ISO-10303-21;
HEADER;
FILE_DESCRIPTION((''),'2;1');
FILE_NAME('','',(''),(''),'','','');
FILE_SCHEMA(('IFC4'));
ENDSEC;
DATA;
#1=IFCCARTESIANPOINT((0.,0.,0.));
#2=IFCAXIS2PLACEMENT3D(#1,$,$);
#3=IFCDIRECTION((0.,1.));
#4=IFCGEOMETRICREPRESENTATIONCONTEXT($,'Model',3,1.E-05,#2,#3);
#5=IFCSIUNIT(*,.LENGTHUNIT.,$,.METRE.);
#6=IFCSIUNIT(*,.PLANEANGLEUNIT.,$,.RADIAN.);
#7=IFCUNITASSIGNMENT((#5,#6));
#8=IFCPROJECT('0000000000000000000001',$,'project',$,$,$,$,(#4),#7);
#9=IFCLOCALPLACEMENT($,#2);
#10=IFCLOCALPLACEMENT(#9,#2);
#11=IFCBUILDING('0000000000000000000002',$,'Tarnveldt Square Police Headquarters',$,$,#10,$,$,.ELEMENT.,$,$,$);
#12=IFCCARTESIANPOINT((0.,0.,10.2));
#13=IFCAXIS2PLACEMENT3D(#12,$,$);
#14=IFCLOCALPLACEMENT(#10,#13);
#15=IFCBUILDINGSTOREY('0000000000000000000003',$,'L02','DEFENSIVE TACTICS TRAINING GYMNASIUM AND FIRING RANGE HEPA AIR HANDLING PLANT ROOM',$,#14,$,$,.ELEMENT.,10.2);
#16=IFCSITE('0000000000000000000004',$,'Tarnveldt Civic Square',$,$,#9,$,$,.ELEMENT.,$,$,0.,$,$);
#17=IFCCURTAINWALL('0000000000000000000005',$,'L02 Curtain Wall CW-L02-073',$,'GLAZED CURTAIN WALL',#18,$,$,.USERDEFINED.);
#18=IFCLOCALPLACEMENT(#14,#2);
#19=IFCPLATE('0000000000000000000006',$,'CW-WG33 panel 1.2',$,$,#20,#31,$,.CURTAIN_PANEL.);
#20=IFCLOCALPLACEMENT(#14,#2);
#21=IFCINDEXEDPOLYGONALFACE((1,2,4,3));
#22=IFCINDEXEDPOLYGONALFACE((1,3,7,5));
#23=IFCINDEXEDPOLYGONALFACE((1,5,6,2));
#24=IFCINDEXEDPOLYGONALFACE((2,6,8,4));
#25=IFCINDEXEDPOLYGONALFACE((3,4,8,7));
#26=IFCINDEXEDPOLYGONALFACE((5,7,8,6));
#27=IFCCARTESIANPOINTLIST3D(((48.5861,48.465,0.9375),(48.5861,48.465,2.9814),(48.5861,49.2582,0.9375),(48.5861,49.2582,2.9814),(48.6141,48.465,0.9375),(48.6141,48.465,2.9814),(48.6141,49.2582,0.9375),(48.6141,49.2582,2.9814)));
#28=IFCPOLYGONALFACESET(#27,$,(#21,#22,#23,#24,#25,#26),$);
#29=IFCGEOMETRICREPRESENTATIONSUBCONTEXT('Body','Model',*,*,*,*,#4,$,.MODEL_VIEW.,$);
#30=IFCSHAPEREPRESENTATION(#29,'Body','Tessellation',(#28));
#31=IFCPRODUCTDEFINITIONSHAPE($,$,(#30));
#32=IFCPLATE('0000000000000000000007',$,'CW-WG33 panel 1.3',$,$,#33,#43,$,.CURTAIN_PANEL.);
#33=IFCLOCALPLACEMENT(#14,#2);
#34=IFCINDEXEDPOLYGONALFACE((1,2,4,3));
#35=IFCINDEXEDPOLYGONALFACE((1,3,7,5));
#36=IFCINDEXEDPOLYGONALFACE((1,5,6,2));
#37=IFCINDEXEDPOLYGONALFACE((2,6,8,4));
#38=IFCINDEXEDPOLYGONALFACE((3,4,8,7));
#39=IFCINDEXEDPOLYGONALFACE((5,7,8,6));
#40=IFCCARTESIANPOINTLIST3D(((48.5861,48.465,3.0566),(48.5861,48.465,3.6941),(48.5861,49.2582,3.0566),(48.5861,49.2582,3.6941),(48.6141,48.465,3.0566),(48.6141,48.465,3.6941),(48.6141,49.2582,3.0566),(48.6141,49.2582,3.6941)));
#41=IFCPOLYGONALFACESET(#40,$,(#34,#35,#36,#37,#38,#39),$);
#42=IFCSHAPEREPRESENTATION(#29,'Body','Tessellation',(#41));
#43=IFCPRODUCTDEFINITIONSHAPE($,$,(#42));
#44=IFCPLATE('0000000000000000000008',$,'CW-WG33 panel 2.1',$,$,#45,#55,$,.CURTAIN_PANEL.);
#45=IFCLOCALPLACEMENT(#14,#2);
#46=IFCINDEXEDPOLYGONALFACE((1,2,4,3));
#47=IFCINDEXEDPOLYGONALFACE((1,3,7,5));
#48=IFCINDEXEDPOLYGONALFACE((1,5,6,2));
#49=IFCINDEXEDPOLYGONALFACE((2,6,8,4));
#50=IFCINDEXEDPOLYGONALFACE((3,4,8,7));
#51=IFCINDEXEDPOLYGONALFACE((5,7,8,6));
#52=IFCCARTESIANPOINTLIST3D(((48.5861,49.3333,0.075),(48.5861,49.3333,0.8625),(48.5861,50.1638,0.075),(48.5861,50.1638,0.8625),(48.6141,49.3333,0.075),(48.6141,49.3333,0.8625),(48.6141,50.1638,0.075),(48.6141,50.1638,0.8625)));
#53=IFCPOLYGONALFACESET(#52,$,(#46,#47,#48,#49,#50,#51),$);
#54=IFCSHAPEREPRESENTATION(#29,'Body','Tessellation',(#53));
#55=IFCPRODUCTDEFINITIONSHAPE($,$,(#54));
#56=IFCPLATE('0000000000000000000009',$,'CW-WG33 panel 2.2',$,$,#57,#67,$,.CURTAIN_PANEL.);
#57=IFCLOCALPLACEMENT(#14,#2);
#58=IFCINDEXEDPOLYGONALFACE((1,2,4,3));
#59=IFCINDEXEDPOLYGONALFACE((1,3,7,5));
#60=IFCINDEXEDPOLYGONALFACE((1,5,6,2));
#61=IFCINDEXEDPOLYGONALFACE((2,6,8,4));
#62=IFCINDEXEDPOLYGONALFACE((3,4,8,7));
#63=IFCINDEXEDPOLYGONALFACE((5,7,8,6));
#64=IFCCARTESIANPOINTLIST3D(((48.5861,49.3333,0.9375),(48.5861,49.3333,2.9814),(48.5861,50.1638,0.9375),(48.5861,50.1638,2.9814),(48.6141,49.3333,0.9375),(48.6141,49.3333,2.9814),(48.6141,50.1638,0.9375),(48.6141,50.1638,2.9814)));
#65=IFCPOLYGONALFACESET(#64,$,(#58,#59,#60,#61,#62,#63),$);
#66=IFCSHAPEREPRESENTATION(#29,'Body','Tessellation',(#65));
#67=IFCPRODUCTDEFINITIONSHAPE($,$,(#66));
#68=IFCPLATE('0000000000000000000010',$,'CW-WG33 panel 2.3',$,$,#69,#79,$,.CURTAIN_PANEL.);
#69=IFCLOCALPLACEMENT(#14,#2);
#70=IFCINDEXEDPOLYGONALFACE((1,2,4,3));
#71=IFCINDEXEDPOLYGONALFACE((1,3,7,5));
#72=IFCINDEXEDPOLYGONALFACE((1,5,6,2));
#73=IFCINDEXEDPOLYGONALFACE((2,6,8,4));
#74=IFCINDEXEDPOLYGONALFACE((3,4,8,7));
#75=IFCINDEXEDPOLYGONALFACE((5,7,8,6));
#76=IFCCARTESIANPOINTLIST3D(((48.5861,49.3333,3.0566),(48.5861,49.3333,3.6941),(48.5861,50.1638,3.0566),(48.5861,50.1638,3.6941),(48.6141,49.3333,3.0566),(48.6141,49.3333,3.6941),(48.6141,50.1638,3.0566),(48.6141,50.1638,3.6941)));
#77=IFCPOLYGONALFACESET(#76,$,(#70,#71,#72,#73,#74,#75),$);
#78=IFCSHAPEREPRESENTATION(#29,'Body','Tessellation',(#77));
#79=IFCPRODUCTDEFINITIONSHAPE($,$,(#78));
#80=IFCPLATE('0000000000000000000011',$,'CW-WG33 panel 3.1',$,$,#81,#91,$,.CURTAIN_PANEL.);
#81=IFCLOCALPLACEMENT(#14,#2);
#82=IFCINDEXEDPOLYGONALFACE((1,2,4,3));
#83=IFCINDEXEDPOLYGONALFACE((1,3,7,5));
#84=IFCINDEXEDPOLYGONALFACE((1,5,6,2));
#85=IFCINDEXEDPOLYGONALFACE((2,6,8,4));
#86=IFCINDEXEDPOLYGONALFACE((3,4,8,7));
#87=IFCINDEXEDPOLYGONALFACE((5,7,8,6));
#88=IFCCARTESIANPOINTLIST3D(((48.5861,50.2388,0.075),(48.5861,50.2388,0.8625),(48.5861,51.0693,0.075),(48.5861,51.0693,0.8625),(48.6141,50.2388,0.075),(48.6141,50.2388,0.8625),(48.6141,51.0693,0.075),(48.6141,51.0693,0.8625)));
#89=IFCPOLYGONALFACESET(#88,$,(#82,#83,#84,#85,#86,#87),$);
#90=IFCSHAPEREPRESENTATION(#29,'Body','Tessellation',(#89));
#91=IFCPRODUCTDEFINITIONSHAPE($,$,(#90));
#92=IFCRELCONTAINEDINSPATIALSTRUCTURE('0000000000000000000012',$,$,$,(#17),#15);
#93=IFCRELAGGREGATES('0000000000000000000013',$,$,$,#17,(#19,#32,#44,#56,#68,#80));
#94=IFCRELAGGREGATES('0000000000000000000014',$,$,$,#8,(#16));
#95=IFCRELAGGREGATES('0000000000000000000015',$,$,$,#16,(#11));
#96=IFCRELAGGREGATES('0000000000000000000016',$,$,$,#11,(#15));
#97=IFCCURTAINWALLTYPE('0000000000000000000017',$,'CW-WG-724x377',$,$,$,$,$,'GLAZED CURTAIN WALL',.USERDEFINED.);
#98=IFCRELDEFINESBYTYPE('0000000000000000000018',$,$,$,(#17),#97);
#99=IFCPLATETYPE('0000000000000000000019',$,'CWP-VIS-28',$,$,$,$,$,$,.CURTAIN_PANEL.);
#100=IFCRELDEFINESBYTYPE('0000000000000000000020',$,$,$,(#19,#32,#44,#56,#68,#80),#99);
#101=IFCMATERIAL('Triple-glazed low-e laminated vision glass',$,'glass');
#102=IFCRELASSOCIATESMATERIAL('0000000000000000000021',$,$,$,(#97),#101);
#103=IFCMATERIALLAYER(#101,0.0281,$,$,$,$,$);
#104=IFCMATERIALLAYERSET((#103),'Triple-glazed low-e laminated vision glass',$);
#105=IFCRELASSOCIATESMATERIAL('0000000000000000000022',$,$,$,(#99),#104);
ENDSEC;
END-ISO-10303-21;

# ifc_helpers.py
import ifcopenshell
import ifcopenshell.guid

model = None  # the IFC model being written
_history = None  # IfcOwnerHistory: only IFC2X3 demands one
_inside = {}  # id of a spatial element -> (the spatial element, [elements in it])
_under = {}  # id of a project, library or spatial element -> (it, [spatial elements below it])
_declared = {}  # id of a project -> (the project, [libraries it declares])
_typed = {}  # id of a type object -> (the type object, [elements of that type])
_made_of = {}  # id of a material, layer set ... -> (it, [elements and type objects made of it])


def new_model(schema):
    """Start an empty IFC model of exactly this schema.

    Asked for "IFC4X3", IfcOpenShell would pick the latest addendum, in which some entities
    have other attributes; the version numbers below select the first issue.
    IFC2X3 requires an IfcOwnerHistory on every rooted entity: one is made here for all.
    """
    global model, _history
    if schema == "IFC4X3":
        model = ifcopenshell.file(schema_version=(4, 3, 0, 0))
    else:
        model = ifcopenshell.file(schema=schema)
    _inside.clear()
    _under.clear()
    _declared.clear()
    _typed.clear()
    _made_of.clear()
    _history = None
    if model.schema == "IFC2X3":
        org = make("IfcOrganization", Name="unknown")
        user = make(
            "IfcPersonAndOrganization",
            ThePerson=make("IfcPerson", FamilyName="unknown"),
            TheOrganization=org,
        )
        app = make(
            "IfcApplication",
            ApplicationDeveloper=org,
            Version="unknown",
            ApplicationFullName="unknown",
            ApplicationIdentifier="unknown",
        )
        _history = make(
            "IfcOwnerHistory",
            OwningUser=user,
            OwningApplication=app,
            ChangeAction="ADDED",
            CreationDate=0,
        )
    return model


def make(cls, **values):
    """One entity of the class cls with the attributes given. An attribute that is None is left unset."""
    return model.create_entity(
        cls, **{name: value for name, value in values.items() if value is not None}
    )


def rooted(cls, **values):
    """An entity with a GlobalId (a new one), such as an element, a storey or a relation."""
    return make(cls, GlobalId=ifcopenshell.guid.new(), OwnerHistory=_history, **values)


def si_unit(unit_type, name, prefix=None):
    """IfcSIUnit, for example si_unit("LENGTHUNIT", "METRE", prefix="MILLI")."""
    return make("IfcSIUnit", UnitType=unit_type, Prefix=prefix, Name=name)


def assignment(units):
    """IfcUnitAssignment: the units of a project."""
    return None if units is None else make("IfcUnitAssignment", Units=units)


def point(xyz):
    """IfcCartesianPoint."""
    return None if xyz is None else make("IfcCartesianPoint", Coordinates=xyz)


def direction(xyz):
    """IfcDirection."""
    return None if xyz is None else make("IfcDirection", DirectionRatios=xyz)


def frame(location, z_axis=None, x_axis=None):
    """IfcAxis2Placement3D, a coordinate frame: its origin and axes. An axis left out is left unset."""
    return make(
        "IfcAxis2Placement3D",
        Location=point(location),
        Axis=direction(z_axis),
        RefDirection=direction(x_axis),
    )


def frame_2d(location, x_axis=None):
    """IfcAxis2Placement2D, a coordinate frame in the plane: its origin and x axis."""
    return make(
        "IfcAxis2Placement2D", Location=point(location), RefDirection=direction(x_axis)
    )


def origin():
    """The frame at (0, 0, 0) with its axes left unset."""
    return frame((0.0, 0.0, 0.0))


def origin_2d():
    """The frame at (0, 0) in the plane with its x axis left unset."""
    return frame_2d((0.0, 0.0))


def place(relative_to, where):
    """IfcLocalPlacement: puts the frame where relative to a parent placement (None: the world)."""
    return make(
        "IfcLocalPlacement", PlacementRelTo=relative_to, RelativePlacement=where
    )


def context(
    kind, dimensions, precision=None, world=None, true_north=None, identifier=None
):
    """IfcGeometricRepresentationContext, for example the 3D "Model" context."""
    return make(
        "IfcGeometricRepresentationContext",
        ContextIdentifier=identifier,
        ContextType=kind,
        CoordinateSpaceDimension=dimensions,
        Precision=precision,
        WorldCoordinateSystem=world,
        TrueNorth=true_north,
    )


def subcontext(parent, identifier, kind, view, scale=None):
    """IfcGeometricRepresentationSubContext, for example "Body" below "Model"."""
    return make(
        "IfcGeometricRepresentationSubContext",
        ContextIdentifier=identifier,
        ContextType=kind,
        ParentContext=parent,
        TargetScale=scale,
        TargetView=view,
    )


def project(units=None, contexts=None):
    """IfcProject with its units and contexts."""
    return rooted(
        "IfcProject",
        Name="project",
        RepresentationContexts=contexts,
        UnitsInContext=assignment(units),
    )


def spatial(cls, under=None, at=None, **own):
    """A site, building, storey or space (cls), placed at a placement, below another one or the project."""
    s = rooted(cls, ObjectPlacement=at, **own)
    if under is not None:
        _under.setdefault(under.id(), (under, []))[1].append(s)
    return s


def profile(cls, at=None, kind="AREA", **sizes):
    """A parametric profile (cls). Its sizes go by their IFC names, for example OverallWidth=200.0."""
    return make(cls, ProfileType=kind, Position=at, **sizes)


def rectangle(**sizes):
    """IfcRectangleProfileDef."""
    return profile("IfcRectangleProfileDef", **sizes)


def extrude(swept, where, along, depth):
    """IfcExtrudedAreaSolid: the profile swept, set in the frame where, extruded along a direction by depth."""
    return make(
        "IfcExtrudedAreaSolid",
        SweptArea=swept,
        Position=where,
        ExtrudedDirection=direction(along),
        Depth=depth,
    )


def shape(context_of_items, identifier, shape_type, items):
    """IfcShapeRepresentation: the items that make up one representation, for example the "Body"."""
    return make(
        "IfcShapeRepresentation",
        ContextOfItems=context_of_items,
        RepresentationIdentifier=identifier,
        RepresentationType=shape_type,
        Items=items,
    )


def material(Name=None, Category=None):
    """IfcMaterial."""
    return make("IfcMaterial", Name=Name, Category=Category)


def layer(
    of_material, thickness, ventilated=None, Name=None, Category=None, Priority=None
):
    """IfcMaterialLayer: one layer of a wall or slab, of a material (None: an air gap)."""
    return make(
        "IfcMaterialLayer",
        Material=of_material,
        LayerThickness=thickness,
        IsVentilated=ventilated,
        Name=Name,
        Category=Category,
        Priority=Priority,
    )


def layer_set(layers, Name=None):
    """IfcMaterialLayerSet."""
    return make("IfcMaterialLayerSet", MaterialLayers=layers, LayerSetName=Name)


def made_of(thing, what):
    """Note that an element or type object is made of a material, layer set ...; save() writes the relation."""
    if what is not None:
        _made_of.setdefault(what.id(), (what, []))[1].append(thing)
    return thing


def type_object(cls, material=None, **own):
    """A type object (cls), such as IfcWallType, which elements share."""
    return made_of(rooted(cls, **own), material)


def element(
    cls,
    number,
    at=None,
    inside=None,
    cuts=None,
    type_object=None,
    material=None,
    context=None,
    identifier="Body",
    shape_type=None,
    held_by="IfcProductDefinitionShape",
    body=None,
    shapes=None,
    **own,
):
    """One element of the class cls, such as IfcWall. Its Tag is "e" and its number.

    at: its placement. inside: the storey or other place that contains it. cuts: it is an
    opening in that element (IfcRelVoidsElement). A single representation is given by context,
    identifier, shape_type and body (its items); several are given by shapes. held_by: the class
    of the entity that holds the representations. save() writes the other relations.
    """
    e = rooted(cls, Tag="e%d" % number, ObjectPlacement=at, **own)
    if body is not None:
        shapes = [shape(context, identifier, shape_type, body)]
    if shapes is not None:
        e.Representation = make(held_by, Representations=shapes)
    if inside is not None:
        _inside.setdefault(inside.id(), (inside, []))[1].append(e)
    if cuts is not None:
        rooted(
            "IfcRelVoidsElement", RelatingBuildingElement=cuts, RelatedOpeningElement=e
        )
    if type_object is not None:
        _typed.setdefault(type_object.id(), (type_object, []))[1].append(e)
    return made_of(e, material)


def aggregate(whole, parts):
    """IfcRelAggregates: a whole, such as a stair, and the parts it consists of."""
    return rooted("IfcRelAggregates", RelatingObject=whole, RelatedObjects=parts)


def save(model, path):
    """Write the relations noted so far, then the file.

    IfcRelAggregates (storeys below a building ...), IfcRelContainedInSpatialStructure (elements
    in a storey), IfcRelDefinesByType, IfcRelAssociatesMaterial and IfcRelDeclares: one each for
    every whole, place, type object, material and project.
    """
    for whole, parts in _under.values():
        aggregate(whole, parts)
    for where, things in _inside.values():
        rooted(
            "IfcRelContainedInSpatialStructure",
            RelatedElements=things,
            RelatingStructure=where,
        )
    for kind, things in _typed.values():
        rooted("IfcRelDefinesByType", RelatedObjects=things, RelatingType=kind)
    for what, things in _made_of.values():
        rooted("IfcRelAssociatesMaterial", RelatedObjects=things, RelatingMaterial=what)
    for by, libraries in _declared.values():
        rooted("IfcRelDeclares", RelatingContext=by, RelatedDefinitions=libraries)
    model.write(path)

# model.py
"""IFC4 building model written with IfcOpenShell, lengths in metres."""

from ifc_helpers import new_model, si_unit, direction, frame, origin, origin_2d, place, context, subcontext, project, spatial, rectangle, extrude, material, layer, layer_set, type_object, element, aggregate, save


model = new_model("IFC4")

# Units and contexts
model_context = context("Model", 3, precision=1e-05, world=origin(), true_north=direction((0.0, 1.0)))
body_context = subcontext(model_context, "Body", "Model", "MODEL_VIEW")
ifc_project = project(units=[si_unit("LENGTHUNIT", "METRE"), si_unit("PLANEANGLEUNIT", "RADIAN")], contexts=[model_context])

# Site, building, storey
site_placement = place(None, origin())
site = spatial("IfcSite", under=ifc_project, at=site_placement, Name="Tarnveldt Civic Square", CompositionType="ELEMENT", RefElevation=0.0)
building_placement = place(site_placement, origin())
building = spatial("IfcBuilding", under=site, at=building_placement, Name="Tarnveldt Square Police Headquarters", CompositionType="ELEMENT")
storey_placement = place(building_placement, frame((0.0, 0.0, 10.2)))
storey = spatial("IfcBuildingStorey", under=building, at=storey_placement, Name="L02", Description="DEFENSIVE TACTICS TRAINING GYMNASIUM AND FIRING RANGE HEPA AIR HANDLING PLANT ROOM", CompositionType="ELEMENT", Elevation=10.2)

# Curtain wall, plates
ifc_material_1 = material(Name="Triple-glazed low-e laminated vision glass", Category="glass")
curtain_wall_type = type_object("IfcCurtainWallType", Name="CW-WG-724x377", ElementType="GLAZED CURTAIN WALL", PredefinedType="USERDEFINED", material=ifc_material_1)
curtain_wall_placement = place(storey_placement, origin())
curtain_wall = element("IfcCurtainWall", 1, at=curtain_wall_placement, inside=storey, type_object=curtain_wall_type, Name="L02 Curtain Wall CW-L02-073", ObjectType="GLAZED CURTAIN WALL", PredefinedType="USERDEFINED")
ifc_layer = layer(ifc_material_1, 0.0281)
ifc_layer_set = layer_set([ifc_layer], Name="Triple-glazed low-e laminated vision glass")
plate_type = type_object("IfcPlateType", Name="CWP-VIS-28", PredefinedType="CURTAIN_PANEL", material=ifc_layer_set)
plate_1_placement = place(storey_placement, frame((48.6001, 48.8616, 0.9375), z_axis=(0.0, 0.0, 1.0), x_axis=(0.0, 1.0, 0.0)))
plate_1 = element("IfcPlate", 2, at=plate_1_placement, type_object=plate_type, Name="CW-WG33 panel 1.2", PredefinedType="CURTAIN_PANEL", context=body_context, shape_type="SweptSolid", body=[
    extrude(rectangle(XDim=0.7932, YDim=0.0281, at=origin_2d()), origin(), (0.0, 0.0, 1.0), 2.0439),
])
plate_2_placement = place(storey_placement, frame((48.6001, 48.8616, 3.0566), z_axis=(0.0, 0.0, 1.0), x_axis=(0.0, 1.0, 0.0)))
plate_2 = element("IfcPlate", 3, at=plate_2_placement, type_object=plate_type, Name="CW-WG33 panel 1.3", PredefinedType="CURTAIN_PANEL", context=body_context, shape_type="SweptSolid", body=[
    extrude(rectangle(XDim=0.7932, YDim=0.0281, at=origin_2d()), origin(), (0.0, 0.0, 1.0), 0.6375),
])
plate_3_placement = place(storey_placement, frame((48.6001, 49.7485, 0.075), z_axis=(0.0, 0.0, 1.0), x_axis=(0.0, 1.0, 0.0)))
plate_3 = element("IfcPlate", 4, at=plate_3_placement, type_object=plate_type, Name="CW-WG33 panel 2.1", PredefinedType="CURTAIN_PANEL", context=body_context, shape_type="SweptSolid", body=[
    extrude(rectangle(XDim=0.8306, YDim=0.0281, at=origin_2d()), origin(), (0.0, 0.0, 1.0), 0.7876),
])
plate_4_placement = place(storey_placement, frame((48.6001, 49.7485, 0.9375), z_axis=(0.0, 0.0, 1.0), x_axis=(0.0, 1.0, 0.0)))
plate_4 = element("IfcPlate", 5, at=plate_4_placement, type_object=plate_type, Name="CW-WG33 panel 2.2", PredefinedType="CURTAIN_PANEL", context=body_context, shape_type="SweptSolid", body=[
    extrude(rectangle(XDim=0.8306, YDim=0.0281, at=origin_2d()), origin(), (0.0, 0.0, 1.0), 2.0439),
])
plate_5_placement = place(storey_placement, frame((48.6001, 49.7485, 3.0566), z_axis=(0.0, 0.0, 1.0), x_axis=(0.0, 1.0, 0.0)))
plate_5 = element("IfcPlate", 6, at=plate_5_placement, type_object=plate_type, Name="CW-WG33 panel 2.3", PredefinedType="CURTAIN_PANEL", context=body_context, shape_type="SweptSolid", body=[
    extrude(rectangle(XDim=0.8306, YDim=0.0281, at=origin_2d()), origin(), (0.0, 0.0, 1.0), 0.6375),
])
plate_6_placement = place(storey_placement, frame((48.6001, 50.6541, 0.075), z_axis=(0.0, 0.0, 1.0), x_axis=(0.0, 1.0, 0.0)))
plate_6 = element("IfcPlate", 7, at=plate_6_placement, type_object=plate_type, Name="CW-WG33 panel 3.1", PredefinedType="CURTAIN_PANEL", context=body_context, shape_type="SweptSolid", body=[
    extrude(rectangle(XDim=0.8306, YDim=0.0281, at=origin_2d()), origin(), (0.0, 0.0, 1.0), 0.7876),
])
aggregate(curtain_wall, [plate_1, plate_2, plate_3, plate_4, plate_5, plate_6])

save(model, "model.ifc")
